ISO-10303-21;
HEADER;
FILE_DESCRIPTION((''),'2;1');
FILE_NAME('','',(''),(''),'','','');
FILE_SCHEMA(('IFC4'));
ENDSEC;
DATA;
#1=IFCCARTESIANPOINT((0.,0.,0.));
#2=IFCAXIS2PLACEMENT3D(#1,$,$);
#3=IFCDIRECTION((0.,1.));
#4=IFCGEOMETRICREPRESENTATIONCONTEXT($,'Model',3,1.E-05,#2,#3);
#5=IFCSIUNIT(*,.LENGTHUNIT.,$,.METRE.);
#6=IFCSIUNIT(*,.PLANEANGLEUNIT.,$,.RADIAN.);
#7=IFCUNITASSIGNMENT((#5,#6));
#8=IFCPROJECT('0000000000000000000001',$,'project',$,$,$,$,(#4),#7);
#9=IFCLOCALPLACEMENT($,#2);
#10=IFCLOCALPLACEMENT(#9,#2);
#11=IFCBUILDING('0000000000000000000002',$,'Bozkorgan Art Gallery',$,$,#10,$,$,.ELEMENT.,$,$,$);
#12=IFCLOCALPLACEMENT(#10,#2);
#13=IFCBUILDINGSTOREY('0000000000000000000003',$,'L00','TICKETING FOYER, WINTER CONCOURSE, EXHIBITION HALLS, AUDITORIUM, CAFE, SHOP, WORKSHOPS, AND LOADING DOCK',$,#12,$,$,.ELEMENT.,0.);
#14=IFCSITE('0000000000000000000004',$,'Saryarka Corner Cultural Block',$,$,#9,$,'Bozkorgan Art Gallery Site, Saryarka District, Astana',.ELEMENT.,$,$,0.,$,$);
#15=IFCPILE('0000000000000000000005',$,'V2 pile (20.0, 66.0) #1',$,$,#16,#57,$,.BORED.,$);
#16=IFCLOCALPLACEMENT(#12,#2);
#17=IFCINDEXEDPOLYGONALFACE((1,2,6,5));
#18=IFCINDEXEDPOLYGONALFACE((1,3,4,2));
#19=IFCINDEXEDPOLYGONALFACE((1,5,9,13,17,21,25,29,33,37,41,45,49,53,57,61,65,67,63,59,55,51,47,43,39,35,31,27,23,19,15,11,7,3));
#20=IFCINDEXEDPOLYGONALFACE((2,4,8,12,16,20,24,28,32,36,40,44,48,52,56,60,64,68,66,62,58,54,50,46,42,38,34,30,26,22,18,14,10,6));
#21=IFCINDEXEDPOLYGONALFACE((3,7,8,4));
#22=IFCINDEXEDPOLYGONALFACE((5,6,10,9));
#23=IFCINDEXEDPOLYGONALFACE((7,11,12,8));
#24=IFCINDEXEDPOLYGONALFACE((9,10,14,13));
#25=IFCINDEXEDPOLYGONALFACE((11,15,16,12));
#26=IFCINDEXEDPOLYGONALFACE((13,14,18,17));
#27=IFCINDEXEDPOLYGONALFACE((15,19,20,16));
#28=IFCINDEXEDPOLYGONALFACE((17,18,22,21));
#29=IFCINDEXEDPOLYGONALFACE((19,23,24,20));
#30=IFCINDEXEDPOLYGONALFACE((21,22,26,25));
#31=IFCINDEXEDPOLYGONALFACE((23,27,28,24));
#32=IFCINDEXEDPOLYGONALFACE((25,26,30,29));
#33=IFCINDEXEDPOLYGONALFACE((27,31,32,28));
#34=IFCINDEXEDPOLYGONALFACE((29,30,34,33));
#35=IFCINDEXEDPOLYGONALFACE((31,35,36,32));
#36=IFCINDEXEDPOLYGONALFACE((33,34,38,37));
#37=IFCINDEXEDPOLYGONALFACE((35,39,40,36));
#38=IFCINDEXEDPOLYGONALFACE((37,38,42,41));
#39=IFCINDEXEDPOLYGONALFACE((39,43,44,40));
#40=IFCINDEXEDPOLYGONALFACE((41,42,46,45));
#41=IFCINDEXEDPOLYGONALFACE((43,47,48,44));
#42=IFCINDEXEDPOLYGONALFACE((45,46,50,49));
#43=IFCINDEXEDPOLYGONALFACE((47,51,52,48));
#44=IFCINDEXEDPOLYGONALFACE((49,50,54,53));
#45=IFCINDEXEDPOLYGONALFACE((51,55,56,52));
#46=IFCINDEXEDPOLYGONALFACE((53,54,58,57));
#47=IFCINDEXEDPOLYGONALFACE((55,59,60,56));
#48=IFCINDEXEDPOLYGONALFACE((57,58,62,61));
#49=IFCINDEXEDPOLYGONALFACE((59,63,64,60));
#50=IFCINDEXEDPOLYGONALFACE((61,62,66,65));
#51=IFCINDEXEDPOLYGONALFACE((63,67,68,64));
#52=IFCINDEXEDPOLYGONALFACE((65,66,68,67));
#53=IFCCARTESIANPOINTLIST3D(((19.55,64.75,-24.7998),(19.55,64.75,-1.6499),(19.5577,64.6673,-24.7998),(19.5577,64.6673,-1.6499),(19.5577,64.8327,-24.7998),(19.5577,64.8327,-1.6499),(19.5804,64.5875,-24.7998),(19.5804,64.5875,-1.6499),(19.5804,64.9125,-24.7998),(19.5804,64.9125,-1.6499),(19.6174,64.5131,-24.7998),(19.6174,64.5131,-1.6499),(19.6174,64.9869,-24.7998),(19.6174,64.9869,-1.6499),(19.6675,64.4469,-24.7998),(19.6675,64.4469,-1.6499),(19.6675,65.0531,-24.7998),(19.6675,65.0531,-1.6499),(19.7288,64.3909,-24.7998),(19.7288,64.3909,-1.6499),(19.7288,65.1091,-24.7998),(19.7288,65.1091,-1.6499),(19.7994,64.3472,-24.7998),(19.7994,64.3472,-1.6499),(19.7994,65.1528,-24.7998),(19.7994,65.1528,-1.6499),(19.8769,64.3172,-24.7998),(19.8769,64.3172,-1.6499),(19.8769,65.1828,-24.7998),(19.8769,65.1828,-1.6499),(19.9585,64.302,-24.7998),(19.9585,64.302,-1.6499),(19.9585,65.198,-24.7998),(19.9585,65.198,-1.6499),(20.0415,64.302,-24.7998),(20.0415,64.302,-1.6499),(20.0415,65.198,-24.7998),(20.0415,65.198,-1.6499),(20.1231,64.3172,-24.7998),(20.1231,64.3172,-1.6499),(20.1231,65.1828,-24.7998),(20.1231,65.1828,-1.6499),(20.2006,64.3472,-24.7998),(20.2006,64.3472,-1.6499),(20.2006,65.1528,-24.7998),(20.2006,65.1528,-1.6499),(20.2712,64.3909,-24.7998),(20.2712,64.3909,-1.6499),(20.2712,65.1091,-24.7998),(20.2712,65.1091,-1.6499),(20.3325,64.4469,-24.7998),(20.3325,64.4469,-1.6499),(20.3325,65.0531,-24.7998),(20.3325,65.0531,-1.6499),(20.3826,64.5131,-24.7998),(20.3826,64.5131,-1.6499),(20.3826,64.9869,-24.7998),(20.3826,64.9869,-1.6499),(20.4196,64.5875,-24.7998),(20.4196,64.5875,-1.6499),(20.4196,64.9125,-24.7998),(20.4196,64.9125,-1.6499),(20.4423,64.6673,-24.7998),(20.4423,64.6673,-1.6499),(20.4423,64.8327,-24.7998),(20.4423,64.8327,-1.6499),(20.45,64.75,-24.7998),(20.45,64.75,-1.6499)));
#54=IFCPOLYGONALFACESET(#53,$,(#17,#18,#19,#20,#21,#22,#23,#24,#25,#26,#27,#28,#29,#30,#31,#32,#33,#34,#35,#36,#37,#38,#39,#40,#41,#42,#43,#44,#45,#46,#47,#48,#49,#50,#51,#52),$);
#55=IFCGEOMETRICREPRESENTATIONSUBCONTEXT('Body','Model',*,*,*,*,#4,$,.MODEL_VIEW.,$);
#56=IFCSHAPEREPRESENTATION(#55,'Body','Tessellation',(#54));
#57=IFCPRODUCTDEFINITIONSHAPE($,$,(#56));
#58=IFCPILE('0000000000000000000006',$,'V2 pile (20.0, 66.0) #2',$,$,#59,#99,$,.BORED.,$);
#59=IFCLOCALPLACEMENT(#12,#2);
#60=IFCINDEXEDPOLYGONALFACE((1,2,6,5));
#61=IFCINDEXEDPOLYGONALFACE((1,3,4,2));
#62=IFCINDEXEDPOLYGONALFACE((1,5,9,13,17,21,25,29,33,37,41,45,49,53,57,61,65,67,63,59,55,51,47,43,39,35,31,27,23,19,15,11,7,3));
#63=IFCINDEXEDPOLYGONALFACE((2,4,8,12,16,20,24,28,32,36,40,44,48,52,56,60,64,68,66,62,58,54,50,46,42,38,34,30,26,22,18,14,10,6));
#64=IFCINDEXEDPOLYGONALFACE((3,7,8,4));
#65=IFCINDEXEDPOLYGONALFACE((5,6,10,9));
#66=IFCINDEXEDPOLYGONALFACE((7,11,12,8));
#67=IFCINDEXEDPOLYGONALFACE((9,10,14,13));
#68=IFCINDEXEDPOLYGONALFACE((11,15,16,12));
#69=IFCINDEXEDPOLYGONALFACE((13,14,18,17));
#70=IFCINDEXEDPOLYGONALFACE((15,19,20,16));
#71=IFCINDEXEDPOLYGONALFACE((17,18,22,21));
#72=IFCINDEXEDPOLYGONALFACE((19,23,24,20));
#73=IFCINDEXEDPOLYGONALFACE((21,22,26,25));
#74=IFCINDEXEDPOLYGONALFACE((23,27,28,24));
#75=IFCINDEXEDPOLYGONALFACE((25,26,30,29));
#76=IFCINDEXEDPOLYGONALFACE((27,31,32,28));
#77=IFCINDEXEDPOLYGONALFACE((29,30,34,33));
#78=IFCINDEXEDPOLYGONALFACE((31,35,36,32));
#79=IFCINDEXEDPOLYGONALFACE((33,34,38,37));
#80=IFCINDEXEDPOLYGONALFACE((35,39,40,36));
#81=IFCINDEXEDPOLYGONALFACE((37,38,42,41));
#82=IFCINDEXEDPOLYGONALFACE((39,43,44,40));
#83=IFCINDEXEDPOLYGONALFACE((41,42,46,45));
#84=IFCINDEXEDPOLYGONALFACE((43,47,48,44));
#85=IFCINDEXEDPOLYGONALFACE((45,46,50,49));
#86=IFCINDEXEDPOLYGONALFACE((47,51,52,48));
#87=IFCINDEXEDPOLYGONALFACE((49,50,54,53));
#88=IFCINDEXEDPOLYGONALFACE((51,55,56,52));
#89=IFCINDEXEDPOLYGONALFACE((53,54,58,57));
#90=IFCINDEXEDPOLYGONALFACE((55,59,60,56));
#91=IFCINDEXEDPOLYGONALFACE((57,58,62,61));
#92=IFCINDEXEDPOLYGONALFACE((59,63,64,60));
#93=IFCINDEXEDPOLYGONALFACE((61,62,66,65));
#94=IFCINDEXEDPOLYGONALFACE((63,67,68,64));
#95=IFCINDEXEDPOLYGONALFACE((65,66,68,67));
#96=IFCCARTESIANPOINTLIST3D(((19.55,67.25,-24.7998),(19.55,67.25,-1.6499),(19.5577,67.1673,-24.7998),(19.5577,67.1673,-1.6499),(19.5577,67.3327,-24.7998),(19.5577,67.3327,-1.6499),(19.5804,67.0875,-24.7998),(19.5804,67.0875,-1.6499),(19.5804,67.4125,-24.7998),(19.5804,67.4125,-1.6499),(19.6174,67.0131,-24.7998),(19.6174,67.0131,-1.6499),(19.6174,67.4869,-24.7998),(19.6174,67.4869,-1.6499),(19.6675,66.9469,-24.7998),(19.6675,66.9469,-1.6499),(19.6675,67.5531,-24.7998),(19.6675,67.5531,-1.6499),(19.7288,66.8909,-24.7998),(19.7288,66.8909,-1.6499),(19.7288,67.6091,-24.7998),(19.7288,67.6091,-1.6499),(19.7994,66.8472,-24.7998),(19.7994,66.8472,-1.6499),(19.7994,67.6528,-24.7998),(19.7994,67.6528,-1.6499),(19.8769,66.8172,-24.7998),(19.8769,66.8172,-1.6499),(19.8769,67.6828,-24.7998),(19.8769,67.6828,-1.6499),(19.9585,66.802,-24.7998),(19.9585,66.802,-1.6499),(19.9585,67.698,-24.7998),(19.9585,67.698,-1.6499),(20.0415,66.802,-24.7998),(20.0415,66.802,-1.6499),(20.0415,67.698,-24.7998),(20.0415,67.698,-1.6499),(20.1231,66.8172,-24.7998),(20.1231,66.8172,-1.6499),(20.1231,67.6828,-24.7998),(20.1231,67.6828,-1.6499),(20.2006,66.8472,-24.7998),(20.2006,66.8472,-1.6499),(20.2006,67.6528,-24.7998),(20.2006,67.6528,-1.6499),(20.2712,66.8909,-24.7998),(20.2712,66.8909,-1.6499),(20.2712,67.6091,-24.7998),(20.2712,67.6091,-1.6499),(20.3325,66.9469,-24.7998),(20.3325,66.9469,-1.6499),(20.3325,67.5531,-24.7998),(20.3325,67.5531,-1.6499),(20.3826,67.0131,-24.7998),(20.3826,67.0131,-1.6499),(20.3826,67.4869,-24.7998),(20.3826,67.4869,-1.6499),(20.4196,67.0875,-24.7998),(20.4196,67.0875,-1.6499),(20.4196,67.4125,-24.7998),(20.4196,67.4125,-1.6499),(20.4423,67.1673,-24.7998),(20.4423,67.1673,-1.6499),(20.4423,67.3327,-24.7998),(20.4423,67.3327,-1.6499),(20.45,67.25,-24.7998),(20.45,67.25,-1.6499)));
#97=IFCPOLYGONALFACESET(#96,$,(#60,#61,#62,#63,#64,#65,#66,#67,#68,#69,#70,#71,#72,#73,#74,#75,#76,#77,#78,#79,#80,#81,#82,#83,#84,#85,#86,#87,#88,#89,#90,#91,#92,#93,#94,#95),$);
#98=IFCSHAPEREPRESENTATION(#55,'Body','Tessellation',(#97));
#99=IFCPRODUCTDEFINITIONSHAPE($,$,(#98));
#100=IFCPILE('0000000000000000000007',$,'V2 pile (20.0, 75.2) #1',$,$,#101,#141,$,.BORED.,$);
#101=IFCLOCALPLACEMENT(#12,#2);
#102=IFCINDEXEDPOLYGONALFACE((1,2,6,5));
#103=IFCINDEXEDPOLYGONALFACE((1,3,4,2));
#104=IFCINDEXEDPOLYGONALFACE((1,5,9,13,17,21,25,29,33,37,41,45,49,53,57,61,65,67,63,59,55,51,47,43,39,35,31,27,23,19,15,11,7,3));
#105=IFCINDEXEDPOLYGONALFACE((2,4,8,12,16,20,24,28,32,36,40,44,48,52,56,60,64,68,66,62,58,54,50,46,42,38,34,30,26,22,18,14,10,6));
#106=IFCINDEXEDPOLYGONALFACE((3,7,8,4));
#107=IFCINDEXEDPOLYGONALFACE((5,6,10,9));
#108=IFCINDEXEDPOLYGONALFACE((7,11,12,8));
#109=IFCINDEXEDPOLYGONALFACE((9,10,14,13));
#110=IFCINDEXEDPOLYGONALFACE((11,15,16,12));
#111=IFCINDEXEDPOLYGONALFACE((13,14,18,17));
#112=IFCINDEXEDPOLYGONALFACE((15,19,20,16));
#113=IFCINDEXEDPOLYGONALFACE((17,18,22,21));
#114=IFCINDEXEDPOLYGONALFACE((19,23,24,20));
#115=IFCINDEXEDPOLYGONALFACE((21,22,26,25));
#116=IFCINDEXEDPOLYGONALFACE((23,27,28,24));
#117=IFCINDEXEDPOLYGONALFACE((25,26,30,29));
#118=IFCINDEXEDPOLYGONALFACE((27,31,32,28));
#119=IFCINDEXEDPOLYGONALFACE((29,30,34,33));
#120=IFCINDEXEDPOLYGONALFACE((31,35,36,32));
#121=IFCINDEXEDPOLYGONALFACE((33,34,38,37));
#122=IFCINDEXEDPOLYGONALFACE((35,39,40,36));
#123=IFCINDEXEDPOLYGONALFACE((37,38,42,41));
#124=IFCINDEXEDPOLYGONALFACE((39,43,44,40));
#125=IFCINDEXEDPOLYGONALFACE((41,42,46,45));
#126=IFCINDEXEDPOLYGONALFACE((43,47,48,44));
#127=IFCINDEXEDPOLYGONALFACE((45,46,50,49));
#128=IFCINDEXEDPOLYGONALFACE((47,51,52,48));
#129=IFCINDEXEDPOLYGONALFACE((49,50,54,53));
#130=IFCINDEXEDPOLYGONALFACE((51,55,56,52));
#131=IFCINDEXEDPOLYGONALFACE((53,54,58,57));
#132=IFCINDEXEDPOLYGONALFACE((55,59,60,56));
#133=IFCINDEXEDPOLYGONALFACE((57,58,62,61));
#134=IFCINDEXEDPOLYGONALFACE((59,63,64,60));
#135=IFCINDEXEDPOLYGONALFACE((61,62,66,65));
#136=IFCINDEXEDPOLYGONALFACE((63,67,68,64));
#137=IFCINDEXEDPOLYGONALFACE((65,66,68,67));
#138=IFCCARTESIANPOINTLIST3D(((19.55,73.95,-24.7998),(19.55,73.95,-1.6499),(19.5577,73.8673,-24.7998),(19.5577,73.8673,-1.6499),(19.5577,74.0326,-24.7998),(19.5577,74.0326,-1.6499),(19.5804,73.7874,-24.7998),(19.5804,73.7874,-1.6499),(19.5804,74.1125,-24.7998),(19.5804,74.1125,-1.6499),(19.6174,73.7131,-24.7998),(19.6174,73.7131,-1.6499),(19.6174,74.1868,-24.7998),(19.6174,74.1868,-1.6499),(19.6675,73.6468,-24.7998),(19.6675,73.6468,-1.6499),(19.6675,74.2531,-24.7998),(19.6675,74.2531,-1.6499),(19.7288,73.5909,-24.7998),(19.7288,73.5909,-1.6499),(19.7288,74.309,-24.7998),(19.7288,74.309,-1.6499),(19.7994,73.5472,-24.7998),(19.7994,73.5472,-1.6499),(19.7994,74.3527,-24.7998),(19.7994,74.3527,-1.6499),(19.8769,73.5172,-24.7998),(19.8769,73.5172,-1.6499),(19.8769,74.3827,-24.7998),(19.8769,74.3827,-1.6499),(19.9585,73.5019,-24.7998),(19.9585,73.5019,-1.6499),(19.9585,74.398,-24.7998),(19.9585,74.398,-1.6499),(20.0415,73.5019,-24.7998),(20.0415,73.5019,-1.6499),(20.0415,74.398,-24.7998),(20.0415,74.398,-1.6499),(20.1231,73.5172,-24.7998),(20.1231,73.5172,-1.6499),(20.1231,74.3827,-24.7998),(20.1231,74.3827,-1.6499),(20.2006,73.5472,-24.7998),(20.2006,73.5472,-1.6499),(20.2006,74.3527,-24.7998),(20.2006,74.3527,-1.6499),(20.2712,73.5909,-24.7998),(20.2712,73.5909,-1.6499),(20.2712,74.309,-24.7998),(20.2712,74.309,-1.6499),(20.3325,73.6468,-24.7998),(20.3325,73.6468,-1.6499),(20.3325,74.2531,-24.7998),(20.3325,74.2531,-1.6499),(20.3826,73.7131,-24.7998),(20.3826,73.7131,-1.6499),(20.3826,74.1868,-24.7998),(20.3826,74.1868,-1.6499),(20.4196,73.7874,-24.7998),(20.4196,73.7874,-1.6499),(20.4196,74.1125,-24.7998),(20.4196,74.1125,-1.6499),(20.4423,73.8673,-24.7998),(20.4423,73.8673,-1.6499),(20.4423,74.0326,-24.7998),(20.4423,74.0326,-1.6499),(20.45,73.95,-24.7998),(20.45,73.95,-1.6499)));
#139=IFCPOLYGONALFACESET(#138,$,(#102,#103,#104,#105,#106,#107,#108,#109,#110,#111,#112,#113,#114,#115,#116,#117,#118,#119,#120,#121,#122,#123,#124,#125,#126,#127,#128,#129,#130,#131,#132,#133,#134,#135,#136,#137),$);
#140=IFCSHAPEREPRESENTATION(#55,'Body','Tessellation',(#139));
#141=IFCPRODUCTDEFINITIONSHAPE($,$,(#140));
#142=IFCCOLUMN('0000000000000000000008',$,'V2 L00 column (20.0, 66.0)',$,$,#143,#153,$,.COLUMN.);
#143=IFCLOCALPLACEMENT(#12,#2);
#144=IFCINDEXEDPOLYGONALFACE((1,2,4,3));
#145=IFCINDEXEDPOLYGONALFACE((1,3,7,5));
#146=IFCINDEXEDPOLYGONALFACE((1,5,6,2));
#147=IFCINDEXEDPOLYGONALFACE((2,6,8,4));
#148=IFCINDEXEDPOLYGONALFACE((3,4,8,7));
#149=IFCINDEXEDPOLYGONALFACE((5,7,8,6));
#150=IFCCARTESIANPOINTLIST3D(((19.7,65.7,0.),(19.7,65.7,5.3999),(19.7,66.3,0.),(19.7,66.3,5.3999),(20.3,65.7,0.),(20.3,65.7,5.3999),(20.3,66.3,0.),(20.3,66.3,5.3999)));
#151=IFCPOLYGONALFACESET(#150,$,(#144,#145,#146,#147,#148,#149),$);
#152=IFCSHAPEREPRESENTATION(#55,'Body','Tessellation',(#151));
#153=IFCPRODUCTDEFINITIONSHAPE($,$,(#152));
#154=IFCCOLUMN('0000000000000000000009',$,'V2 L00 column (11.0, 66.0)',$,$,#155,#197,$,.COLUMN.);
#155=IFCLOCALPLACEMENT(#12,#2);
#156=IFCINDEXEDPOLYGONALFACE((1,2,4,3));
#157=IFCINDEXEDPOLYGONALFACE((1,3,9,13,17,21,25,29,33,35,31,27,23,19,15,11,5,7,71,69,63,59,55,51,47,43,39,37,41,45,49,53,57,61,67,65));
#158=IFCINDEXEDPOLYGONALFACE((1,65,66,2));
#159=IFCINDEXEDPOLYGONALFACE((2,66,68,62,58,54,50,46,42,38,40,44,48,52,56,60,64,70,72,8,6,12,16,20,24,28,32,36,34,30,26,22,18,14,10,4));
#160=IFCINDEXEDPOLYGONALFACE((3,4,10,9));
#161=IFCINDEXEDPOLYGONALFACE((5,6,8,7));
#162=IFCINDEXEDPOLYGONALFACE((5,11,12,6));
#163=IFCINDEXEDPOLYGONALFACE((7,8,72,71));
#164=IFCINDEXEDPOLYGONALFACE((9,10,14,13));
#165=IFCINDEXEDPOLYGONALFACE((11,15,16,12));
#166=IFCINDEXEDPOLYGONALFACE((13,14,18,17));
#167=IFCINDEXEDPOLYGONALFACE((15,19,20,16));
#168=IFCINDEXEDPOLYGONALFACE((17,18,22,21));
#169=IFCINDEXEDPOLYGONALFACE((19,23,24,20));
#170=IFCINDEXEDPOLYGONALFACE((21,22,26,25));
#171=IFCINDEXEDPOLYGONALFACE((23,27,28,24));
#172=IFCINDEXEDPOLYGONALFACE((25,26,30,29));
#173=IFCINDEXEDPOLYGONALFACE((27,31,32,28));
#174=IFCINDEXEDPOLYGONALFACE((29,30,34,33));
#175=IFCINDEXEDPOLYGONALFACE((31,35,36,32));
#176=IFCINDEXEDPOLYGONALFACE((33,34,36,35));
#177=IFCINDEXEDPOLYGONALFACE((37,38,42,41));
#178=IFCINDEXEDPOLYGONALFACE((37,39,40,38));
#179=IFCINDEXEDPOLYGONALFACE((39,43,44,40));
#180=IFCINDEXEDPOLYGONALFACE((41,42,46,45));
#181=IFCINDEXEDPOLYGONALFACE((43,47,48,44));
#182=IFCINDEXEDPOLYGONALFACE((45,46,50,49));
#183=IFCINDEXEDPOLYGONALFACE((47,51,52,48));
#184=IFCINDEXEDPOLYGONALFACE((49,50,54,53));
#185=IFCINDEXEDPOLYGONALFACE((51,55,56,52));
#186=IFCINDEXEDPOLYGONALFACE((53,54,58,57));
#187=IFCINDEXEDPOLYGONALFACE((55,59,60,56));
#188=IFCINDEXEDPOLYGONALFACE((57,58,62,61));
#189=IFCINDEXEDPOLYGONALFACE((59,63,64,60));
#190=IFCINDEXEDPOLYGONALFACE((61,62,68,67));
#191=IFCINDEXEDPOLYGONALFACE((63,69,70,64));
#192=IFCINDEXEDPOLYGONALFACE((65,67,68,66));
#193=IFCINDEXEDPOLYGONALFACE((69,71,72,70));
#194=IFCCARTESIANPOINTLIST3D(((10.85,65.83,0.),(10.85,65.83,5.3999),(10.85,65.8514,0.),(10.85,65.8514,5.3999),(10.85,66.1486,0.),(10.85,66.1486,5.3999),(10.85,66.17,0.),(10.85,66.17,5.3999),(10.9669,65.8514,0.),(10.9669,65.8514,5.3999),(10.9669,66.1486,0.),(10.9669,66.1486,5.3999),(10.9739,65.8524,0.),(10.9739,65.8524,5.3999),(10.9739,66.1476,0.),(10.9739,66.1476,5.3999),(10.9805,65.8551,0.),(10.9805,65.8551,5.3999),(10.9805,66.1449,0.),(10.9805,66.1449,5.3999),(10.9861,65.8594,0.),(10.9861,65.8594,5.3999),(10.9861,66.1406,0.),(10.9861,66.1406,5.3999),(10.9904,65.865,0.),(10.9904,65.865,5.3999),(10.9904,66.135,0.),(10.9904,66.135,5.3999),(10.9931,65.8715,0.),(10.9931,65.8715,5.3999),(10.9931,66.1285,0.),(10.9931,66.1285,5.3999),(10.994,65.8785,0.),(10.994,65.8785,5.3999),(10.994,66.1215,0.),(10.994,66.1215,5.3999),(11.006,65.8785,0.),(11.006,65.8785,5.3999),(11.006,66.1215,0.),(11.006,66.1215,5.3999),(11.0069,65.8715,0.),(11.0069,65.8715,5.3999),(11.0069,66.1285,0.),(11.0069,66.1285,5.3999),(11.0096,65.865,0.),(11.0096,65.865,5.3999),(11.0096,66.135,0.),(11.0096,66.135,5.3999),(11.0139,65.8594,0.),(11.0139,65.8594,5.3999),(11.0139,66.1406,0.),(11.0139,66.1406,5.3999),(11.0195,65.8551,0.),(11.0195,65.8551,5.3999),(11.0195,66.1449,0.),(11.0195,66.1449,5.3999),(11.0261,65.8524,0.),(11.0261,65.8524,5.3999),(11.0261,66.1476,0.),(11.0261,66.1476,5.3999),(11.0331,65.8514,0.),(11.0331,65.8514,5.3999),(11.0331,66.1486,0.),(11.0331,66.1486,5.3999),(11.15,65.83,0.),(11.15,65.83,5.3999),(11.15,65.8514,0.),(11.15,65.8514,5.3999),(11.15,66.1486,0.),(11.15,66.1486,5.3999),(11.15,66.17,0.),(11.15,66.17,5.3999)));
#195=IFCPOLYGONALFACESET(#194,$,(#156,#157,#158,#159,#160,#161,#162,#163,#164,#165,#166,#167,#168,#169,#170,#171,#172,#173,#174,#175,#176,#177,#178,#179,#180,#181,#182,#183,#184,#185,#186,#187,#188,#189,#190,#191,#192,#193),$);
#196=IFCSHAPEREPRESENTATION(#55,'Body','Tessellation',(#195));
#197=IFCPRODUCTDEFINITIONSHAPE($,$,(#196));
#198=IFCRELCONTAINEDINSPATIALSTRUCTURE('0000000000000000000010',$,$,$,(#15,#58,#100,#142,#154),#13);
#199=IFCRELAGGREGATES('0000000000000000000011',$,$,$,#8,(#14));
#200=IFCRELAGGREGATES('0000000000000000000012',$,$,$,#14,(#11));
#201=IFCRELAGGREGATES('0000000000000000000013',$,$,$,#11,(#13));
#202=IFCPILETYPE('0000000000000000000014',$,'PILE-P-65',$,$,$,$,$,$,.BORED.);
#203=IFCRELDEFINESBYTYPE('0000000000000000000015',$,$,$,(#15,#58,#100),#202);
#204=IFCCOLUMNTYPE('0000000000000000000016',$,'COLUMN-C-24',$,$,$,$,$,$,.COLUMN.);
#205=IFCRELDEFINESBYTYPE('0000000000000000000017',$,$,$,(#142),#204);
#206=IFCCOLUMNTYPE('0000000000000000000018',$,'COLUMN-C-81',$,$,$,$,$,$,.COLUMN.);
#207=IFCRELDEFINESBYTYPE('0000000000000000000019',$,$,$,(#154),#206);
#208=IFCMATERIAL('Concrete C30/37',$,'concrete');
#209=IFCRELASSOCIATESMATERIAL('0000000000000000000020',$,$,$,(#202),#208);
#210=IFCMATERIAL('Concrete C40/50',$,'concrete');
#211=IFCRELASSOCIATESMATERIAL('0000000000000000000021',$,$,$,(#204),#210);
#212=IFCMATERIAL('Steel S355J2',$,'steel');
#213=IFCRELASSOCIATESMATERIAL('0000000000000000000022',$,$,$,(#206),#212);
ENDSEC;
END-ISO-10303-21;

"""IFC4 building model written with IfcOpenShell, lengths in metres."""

from ifc_helpers import new_model, si_unit, direction, frame, origin, origin_2d, place, context, subcontext, project, spatial, rectangle, circle, i_section, extrude, material, material_profile, profile_set, type_object, element, save


model = new_model("IFC4")

# Units and contexts
model_context = context("Model", 3, precision=1e-05, world=origin(), true_north=direction((0.0, 1.0)))
body_context = subcontext(model_context, "Body", "Model", "MODEL_VIEW")
ifc_project = project(units=[si_unit("LENGTHUNIT", "METRE"), si_unit("PLANEANGLEUNIT", "RADIAN")], contexts=[model_context])

# Site, building, storey
site_placement = place(None, origin())
site = spatial("IfcSite", under=ifc_project, at=site_placement, Name="Saryarka Corner Cultural Block", LongName="Bozkorgan Art Gallery Site, Saryarka District, Astana", CompositionType="ELEMENT", RefElevation=0.0)
building_placement = place(site_placement, origin())
building = spatial("IfcBuilding", under=site, at=building_placement, Name="Bozkorgan Art Gallery", CompositionType="ELEMENT")
storey_placement = place(building_placement, origin())
storey = spatial("IfcBuildingStorey", under=building, at=storey_placement, Name="L00", Description="TICKETING FOYER, WINTER CONCOURSE, EXHIBITION HALLS, AUDITORIUM, CAFE, SHOP, WORKSHOPS, AND LOADING DOCK", CompositionType="ELEMENT", Elevation=0.0)

# Shared definitions
ifc_material_1 = material(Name="Concrete C30/37", Category="concrete")

# Piles
ifc_material_profile_1 = material_profile(ifc_material_1, circle(Radius=0.45, at=origin_2d()), Name="PILE D900")
ifc_profile_set_1 = profile_set([ifc_material_profile_1], Name="Concrete C30/37")
pile_type = type_object("IfcPileType", Name="PILE-P-65", PredefinedType="BORED", material=ifc_profile_set_1)
for number, where, z_axis, x_axis, name in (
    (1, (20.0, 64.75, -1.6499), (0.0, 0.0, -1.0), (1.0, 0.0, 0.0), "V2 pile (20.0, 66.0) #1"),
    (2, (20.0, 67.25, -1.6499), (0.0, 0.0, -1.0), (1.0, 0.0, 0.0), "V2 pile (20.0, 66.0) #2"),
    (3, (20.0, 73.95, -1.6499), (0.0, 0.0, -1.0), (1.0, 0.0, 0.0), "V2 pile (20.0, 75.2) #1"),
):
    element("IfcPile", number, at=place(storey_placement, frame(where, z_axis=z_axis, x_axis=x_axis)), inside=storey, type_object=pile_type, Name=name, PredefinedType="BORED", context=body_context, shape_type="SweptSolid", body=[
        extrude(circle(Radius=0.45, at=origin_2d()), origin(), (0.0, 0.0, 1.0), 23.1499),
    ])

# Columns
ifc_material_2 = material(Name="Concrete C40/50", Category="concrete")
ifc_material_profile_2 = material_profile(ifc_material_2, rectangle(XDim=0.6001, YDim=0.6001, at=origin_2d()), Name="RC 600x600")
ifc_profile_set_2 = profile_set([ifc_material_profile_2], Name="Concrete C40/50")
column_type_1 = type_object("IfcColumnType", Name="COLUMN-C-24", PredefinedType="COLUMN", material=ifc_profile_set_2)
column_placement = place(storey_placement, frame((20.0, 66.0, 0.0), z_axis=(0.0, 0.0, 1.0), x_axis=(1.0, 0.0, 0.0)))
element("IfcColumn", 4, at=column_placement, inside=storey, type_object=column_type_1, Name="V2 L00 column (20.0, 66.0)", PredefinedType="COLUMN", context=body_context, shape_type="SweptSolid", body=[
    extrude(rectangle(XDim=0.6001, YDim=0.6001, at=origin_2d()), origin(), (0.0, 0.0, 1.0), 5.3999),
])
ifc_material_3 = material(Name="Steel S355J2", Category="steel")
ifc_material_profile_3 = material_profile(ifc_material_3, i_section(OverallWidth=0.3, OverallDepth=0.3401, WebThickness=0.012, FlangeThickness=0.0215, FilletRadius=0.0271, at=origin_2d()), Name="HEB 340")
ifc_profile_set_3 = profile_set([ifc_material_profile_3], Name="Steel S355J2")
column_type_2 = type_object("IfcColumnType", Name="COLUMN-C-81", PredefinedType="COLUMN", material=ifc_profile_set_3)
for number, where, z_axis, x_axis, name in (
    (5, (11.0, 66.0, 0.0), (0.0, 0.0, 1.0), (1.0, 0.0, 0.0), "V2 L00 column (11.0, 66.0)"),
):
    element("IfcColumn", number, at=place(storey_placement, frame(where, z_axis=z_axis, x_axis=x_axis)), inside=storey, type_object=column_type_2, Name=name, PredefinedType="COLUMN", context=body_context, shape_type="SweptSolid", body=[
        extrude(i_section(OverallWidth=0.3, OverallDepth=0.3401, WebThickness=0.012, FlangeThickness=0.0215, FilletRadius=0.0271, at=origin_2d()), origin(), (0.0, 0.0, 1.0), 5.3999),
    ])

save(model, "model.ifc")
